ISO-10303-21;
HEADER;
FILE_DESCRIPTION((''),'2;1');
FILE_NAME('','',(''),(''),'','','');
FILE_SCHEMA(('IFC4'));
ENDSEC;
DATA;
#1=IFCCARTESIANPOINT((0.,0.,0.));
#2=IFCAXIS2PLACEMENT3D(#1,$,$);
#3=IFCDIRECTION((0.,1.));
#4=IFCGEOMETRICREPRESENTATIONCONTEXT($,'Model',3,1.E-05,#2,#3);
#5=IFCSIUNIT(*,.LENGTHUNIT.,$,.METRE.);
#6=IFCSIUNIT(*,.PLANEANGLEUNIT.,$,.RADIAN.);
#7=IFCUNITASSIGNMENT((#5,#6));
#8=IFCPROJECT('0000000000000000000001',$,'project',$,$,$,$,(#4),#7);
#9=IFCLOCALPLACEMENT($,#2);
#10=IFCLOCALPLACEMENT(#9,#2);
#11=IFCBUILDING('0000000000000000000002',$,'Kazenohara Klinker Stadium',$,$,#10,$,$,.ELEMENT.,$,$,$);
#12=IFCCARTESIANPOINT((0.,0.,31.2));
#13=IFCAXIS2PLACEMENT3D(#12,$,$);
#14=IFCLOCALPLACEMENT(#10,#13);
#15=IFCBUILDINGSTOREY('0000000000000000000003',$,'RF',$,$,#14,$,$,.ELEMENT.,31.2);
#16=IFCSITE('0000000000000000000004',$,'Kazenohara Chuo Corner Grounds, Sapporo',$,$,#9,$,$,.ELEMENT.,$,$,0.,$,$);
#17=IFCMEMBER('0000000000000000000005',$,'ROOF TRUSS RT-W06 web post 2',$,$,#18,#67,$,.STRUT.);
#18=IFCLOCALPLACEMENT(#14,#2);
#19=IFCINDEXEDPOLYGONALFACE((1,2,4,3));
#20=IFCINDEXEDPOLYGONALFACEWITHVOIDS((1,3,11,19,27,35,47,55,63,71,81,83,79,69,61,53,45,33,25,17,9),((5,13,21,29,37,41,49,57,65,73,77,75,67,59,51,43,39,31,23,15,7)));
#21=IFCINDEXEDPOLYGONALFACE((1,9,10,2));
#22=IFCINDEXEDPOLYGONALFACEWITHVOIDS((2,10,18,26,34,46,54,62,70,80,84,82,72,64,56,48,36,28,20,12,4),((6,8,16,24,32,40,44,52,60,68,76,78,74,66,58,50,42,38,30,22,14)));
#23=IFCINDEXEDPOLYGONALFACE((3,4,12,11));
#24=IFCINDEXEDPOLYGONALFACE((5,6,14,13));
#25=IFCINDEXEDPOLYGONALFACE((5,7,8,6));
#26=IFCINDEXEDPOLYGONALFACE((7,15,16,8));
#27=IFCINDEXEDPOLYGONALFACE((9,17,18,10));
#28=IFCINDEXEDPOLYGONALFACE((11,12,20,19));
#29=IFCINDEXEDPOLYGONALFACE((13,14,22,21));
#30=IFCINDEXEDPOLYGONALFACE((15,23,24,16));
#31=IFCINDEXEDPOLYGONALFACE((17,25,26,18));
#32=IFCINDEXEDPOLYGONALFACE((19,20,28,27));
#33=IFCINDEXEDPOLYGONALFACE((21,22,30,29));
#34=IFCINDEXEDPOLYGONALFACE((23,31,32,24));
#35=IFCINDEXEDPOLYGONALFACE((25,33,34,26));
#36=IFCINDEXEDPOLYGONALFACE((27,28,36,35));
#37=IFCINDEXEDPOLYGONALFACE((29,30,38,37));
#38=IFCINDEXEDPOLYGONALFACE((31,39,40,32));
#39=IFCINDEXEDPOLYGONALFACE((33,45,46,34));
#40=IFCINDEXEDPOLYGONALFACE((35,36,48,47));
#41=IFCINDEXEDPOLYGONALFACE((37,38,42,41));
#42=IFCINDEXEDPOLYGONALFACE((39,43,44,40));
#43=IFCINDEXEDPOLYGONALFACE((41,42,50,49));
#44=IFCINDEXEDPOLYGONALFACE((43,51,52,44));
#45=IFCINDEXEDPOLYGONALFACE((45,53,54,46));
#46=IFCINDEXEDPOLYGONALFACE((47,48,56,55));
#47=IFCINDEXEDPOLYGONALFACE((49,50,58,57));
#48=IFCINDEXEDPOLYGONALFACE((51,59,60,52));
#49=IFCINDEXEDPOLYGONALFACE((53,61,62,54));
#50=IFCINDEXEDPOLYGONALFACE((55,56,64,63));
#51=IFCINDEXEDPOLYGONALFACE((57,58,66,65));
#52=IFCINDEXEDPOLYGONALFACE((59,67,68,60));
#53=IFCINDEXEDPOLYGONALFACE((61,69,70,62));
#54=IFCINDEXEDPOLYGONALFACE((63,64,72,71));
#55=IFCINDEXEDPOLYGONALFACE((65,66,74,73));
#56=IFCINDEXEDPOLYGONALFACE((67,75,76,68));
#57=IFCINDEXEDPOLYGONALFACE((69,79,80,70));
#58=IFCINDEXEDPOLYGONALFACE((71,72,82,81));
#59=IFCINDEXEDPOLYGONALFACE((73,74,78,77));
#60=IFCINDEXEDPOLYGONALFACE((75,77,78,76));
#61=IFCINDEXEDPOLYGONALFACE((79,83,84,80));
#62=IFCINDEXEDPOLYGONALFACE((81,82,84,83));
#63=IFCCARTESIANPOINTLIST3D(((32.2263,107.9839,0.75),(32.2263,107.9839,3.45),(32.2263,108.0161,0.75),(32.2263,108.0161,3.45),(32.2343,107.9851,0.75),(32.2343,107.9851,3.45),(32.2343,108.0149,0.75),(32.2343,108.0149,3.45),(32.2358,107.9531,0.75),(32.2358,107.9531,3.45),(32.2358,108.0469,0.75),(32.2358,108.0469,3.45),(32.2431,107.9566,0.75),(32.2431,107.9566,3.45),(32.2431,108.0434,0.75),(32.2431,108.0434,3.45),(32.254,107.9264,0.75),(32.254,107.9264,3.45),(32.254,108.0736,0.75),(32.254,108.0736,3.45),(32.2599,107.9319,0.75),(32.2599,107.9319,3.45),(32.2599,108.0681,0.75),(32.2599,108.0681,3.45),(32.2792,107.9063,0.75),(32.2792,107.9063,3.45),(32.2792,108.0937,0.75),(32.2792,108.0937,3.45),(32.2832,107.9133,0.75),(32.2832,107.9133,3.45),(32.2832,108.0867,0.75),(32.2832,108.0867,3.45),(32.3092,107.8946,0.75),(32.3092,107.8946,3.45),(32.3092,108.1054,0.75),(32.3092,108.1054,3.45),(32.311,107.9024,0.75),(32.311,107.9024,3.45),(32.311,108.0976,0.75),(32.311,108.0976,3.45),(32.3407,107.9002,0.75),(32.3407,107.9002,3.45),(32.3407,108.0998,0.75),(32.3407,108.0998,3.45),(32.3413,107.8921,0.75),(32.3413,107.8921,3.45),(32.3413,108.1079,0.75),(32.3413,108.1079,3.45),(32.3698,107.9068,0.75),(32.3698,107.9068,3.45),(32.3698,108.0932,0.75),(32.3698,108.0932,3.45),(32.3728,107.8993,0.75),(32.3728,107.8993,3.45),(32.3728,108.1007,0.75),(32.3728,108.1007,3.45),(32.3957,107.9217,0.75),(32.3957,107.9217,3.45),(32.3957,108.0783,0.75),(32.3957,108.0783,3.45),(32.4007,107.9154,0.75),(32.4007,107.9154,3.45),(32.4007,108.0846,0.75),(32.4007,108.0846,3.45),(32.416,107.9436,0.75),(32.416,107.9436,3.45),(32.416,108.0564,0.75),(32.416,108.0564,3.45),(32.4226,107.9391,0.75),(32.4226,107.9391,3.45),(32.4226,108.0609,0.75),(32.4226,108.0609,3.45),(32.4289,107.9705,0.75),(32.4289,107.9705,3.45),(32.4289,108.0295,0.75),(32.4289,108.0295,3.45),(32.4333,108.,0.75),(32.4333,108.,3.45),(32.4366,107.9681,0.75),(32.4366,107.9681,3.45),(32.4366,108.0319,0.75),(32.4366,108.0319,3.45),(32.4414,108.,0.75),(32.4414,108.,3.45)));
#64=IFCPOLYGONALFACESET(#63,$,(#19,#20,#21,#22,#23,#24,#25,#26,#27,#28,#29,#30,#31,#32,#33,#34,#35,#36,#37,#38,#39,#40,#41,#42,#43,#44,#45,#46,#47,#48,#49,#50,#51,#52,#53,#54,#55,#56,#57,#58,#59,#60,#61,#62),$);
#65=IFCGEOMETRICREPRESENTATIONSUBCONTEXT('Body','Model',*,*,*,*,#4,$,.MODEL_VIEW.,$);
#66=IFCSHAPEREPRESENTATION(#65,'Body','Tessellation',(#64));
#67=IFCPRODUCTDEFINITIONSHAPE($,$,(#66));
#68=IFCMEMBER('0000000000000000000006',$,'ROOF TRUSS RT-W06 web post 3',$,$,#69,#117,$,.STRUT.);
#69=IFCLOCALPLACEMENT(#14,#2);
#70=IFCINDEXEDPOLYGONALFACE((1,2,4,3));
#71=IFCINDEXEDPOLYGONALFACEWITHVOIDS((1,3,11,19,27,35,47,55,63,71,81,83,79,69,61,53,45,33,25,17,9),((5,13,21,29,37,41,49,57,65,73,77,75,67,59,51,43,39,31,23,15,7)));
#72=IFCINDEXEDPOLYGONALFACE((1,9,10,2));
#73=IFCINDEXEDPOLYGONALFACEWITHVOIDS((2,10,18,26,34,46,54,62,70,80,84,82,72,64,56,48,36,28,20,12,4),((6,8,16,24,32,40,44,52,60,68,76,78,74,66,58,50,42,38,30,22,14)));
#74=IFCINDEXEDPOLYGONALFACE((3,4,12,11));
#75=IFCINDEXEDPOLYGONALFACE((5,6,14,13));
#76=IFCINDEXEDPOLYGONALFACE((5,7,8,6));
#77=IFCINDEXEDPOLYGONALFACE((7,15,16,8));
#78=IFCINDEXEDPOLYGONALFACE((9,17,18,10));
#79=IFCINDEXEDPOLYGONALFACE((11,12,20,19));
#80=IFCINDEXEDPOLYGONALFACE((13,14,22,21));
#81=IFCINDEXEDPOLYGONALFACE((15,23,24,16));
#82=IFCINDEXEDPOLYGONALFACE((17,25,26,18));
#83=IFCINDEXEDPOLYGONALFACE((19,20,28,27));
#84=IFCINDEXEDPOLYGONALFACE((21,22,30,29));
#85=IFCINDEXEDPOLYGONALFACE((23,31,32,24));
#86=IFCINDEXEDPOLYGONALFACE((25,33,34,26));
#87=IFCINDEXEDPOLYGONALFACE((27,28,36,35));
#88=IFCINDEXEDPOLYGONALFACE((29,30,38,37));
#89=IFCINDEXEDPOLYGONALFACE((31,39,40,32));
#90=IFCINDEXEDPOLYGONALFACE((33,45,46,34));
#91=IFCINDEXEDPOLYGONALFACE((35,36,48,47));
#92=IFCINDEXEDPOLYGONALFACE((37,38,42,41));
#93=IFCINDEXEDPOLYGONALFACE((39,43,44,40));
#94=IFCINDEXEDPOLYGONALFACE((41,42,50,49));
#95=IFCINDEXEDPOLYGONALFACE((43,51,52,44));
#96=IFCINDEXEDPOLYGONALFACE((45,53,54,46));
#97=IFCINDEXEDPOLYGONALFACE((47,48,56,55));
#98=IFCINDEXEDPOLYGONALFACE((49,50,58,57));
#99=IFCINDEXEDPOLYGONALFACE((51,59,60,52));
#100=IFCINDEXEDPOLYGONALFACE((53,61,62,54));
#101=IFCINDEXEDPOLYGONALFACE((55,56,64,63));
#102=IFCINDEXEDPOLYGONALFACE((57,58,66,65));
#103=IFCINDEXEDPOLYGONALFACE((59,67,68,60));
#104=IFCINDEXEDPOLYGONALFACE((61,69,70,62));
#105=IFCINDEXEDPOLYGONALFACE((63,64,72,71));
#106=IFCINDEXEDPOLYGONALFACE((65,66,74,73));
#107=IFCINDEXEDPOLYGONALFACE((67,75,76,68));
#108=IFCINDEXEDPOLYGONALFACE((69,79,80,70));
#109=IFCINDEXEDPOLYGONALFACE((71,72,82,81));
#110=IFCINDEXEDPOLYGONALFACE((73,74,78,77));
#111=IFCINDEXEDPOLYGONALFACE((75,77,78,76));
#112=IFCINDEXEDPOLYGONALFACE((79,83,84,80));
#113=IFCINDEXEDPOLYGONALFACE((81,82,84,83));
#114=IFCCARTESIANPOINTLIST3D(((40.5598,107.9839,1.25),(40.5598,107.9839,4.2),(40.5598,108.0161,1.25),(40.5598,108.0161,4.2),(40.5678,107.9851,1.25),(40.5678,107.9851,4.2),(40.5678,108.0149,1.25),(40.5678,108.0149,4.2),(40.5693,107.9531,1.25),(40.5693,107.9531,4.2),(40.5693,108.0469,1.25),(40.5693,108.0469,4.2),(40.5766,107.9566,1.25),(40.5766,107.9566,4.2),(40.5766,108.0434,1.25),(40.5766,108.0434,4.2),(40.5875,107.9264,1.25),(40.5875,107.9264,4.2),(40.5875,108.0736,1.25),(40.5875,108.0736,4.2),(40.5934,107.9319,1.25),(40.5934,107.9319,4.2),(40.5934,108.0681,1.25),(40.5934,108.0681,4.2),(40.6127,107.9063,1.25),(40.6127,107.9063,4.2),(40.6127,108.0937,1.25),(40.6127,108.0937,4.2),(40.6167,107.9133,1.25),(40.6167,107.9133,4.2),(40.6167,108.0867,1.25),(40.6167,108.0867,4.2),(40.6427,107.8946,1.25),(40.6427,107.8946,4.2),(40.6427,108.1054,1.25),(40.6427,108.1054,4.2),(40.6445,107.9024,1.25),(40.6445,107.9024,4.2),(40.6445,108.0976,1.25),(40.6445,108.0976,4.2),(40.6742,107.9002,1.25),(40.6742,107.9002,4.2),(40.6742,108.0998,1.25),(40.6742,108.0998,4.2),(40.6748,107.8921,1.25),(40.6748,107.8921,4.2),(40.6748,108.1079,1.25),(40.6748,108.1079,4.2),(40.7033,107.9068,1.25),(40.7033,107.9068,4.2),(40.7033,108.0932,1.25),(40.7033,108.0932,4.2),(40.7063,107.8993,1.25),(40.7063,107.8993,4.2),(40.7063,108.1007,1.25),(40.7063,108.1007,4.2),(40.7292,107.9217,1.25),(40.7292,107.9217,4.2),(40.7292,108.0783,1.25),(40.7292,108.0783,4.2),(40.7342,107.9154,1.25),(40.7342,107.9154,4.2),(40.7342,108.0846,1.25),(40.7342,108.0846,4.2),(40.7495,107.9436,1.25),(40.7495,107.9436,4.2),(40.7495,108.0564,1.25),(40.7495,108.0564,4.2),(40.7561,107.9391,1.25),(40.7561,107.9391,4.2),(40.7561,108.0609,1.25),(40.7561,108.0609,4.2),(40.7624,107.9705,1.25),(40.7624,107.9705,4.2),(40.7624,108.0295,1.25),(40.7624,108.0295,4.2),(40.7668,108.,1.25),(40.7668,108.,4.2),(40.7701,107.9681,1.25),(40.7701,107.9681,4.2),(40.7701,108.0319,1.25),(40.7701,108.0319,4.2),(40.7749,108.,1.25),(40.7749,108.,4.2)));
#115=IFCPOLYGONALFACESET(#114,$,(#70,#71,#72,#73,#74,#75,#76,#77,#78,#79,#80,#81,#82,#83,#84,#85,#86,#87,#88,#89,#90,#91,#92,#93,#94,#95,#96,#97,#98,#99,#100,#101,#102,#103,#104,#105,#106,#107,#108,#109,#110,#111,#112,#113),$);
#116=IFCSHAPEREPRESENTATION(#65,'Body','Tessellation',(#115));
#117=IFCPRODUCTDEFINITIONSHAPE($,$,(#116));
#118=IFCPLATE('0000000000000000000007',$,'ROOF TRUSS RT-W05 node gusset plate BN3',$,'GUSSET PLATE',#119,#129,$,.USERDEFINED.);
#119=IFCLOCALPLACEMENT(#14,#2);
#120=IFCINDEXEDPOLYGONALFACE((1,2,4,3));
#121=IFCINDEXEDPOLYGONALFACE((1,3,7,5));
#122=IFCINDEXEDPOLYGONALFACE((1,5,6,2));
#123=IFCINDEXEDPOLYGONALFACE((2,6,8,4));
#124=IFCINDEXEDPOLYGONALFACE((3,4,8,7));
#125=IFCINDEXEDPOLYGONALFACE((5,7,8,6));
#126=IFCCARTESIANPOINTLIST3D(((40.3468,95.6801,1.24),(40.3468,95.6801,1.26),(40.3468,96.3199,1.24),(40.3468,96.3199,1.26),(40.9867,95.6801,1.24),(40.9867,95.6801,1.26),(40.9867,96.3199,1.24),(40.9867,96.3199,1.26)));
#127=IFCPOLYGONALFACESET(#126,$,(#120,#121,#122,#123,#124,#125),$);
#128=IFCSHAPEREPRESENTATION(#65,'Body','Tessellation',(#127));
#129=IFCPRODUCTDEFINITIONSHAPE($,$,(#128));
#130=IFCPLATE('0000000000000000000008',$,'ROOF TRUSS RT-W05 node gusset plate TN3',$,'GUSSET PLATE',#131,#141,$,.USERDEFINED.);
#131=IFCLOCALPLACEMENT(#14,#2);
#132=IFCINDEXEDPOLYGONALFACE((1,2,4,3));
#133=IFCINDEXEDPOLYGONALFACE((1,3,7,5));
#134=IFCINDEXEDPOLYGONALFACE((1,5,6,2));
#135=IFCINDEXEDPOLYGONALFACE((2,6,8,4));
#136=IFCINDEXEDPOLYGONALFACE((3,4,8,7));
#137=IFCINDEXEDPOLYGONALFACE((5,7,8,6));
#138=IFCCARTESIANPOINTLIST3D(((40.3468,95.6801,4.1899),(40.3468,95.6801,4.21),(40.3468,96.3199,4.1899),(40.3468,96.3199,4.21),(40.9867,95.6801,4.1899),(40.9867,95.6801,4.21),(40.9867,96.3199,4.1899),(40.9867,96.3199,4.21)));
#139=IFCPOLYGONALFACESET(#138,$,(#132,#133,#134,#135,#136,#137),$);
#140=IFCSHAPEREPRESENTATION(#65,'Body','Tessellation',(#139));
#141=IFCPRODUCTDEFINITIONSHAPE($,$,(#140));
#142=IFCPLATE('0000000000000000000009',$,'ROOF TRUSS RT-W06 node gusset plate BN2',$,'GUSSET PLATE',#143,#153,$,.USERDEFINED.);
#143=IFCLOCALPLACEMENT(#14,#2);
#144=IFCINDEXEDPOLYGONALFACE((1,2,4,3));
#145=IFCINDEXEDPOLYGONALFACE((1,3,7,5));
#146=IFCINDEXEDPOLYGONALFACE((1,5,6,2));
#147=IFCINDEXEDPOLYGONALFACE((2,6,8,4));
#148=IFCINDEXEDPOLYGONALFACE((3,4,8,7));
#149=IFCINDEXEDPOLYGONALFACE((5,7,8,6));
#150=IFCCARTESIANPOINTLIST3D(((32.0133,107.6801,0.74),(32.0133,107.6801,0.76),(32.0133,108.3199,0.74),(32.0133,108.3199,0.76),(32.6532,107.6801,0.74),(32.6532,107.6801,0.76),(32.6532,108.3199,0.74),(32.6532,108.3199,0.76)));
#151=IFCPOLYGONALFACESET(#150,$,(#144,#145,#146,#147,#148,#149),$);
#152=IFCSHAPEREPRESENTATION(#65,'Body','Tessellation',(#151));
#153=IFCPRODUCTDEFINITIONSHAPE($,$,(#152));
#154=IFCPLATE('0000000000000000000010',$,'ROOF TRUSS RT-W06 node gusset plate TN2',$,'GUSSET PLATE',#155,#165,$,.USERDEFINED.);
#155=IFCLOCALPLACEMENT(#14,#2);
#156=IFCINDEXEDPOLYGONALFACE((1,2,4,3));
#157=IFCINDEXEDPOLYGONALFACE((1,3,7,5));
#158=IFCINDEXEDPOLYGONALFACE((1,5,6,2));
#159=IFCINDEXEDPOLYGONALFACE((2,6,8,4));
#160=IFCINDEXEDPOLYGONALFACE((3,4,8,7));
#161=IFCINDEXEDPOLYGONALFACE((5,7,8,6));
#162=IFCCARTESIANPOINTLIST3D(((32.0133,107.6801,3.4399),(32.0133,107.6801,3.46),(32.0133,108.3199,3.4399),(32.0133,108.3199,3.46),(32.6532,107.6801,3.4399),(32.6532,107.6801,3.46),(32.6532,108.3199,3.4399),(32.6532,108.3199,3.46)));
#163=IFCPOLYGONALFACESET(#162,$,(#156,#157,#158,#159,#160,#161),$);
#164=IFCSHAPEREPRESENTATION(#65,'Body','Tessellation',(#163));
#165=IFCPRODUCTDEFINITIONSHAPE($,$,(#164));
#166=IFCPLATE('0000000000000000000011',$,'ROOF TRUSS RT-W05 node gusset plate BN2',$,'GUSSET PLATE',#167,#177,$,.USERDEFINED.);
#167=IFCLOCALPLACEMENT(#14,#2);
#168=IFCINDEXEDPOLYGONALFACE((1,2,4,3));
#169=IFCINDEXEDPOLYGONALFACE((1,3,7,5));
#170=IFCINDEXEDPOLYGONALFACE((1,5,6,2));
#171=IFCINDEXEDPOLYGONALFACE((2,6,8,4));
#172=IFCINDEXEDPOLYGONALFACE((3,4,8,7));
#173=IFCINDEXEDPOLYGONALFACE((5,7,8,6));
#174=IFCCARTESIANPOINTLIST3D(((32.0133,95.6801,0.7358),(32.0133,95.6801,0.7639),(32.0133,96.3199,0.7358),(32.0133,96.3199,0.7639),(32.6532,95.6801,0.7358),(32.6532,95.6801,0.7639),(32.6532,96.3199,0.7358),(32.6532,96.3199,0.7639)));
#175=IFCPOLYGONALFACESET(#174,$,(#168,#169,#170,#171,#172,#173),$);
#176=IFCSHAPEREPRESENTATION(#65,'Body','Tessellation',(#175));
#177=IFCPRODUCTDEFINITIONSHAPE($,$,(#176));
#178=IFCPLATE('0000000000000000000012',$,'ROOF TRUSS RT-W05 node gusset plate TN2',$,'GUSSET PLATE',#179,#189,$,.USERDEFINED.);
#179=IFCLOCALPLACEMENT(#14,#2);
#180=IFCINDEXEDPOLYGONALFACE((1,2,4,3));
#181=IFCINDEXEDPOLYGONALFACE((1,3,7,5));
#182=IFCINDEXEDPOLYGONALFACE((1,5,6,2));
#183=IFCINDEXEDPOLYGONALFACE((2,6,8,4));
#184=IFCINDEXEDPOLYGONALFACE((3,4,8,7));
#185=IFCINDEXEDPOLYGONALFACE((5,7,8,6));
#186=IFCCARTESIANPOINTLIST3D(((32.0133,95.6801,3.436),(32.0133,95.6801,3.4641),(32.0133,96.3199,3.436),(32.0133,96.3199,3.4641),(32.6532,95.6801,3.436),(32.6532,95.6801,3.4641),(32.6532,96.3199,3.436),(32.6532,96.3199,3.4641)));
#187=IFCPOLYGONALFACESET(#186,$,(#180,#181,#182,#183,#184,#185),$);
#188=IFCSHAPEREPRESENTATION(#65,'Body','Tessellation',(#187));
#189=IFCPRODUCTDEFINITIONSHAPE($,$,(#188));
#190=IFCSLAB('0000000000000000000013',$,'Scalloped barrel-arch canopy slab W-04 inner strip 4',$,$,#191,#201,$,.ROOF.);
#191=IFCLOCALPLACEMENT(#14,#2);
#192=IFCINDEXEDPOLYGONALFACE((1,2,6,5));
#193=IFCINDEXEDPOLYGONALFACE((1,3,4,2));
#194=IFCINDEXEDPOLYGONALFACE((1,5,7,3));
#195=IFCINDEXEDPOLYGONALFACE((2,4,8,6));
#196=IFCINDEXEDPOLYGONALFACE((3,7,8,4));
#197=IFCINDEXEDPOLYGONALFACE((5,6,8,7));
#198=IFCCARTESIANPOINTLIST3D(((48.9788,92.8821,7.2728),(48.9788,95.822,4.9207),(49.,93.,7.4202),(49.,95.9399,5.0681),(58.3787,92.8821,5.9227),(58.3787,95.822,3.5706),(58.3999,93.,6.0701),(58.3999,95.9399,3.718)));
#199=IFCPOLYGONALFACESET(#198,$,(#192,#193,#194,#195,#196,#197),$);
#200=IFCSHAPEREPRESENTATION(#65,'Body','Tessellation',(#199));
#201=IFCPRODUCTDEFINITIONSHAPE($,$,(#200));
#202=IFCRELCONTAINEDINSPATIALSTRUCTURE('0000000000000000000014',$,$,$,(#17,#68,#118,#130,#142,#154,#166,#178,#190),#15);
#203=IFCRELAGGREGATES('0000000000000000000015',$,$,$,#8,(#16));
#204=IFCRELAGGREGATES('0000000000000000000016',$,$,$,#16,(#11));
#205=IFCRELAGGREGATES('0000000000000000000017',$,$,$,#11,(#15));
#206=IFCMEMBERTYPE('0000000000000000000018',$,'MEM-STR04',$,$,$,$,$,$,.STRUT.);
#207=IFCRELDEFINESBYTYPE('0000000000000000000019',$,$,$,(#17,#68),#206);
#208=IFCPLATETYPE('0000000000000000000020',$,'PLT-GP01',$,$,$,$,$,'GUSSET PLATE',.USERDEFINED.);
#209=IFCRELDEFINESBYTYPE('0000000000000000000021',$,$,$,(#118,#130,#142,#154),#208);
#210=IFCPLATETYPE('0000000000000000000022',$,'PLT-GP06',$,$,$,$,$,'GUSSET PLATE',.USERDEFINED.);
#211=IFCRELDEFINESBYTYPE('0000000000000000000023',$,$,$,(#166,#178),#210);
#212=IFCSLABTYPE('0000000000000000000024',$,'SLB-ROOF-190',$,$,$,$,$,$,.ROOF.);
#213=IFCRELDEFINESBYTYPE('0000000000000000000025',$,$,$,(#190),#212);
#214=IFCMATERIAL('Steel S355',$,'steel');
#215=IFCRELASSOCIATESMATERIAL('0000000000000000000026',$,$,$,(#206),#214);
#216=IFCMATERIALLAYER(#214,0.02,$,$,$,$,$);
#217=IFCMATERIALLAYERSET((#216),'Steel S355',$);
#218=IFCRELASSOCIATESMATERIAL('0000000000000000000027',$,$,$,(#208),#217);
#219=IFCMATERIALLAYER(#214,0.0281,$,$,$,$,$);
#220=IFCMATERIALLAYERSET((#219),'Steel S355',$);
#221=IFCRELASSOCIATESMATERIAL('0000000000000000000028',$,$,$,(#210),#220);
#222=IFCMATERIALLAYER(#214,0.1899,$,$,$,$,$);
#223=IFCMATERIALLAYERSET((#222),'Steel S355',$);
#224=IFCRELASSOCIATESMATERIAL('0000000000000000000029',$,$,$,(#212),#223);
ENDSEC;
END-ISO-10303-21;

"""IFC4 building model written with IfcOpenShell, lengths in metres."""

from ifc_helpers import new_model, si_unit, direction, frame, origin, origin_2d, place, context, subcontext, project, spatial, polyline, rectangle, hollow_circle, outline, extrude, material, layer, layer_set, material_profile, profile_set, type_object, element, save


model = new_model("IFC4")

# Units and contexts
model_context = context("Model", 3, precision=1e-05, world=origin(), true_north=direction((0.0, 1.0)))
body_context = subcontext(model_context, "Body", "Model", "MODEL_VIEW")
ifc_project = project(units=[si_unit("LENGTHUNIT", "METRE"), si_unit("PLANEANGLEUNIT", "RADIAN")], contexts=[model_context])

# Site, building, storey
site_placement = place(None, origin())
site = spatial("IfcSite", under=ifc_project, at=site_placement, Name="Kazenohara Chuo Corner Grounds, Sapporo", CompositionType="ELEMENT", RefElevation=0.0)
building_placement = place(site_placement, origin())
building = spatial("IfcBuilding", under=site, at=building_placement, Name="Kazenohara Klinker Stadium", CompositionType="ELEMENT")
storey_placement = place(building_placement, frame((0.0, 0.0, 31.2)))
storey = spatial("IfcBuildingStorey", under=building, at=storey_placement, Name="RF", CompositionType="ELEMENT", Elevation=31.2)

# Members
ifc_material_1 = material(Name="Steel S355", Category="steel")
ifc_material_profile_1 = material_profile(ifc_material_1, hollow_circle(Radius=0.1082, WallThickness=0.0081, at=origin_2d()), Name="CHS-216.3x8")
ifc_profile_set_1 = profile_set([ifc_material_profile_1], Name="Steel S355")
member_type_1 = type_object("IfcMemberType", Name="MEM-STR04", PredefinedType="STRUT", material=ifc_profile_set_1)
member_1_placement = place(storey_placement, frame((32.3333, 108.0, 0.75), z_axis=(0.0, 0.0, 1.0), x_axis=(1.0, 0.0, 0.0)))
element("IfcMember", 1, at=member_1_placement, inside=storey, type_object=member_type_1, Name="ROOF TRUSS RT-W06 web post 2", PredefinedType="STRUT", context=body_context, shape_type="SweptSolid", body=[
    extrude(hollow_circle(Radius=0.1082, WallThickness=0.0081, at=origin_2d()), origin(), (0.0, 0.0, 1.0), 2.7),
])
member_2_placement = place(storey_placement, frame((40.6667, 108.0, 1.25), z_axis=(0.0, 0.0, 1.0), x_axis=(1.0, 0.0, 0.0)))
element("IfcMember", 2, at=member_2_placement, inside=storey, type_object=member_type_1, Name="ROOF TRUSS RT-W06 web post 3", PredefinedType="STRUT", context=body_context, shape_type="SweptSolid", body=[
    extrude(hollow_circle(Radius=0.1082, WallThickness=0.0081, at=origin_2d()), origin(), (0.0, 0.0, 1.0), 2.95),
])

# Plates
ifc_layer_1 = layer(ifc_material_1, 0.02)
ifc_layer_set_1 = layer_set([ifc_layer_1], Name="Steel S355")
plate_type_1 = type_object("IfcPlateType", Name="PLT-GP01", ElementType="GUSSET PLATE", PredefinedType="USERDEFINED", material=ifc_layer_set_1)
for number, where, z_axis, x_axis, name in (
    (3, (40.6667, 96.0, 1.24), (0.0, 0.0, 1.0), (1.0, 0.0, 0.0), "ROOF TRUSS RT-W05 node gusset plate BN3"),
    (4, (40.6667, 96.0, 4.1899), (0.0, 0.0, 1.0), (1.0, 0.0, 0.0), "ROOF TRUSS RT-W05 node gusset plate TN3"),
    (5, (32.3333, 108.0, 0.74), (0.0, 0.0, 1.0), (1.0, 0.0, 0.0), "ROOF TRUSS RT-W06 node gusset plate BN2"),
    (6, (32.3333, 108.0, 3.4399), (0.0, 0.0, 1.0), (1.0, 0.0, 0.0), "ROOF TRUSS RT-W06 node gusset plate TN2"),
):
    element("IfcPlate", number, at=place(storey_placement, frame(where, z_axis=z_axis, x_axis=x_axis)), inside=storey, type_object=plate_type_1, Name=name, ObjectType="GUSSET PLATE", PredefinedType="USERDEFINED", context=body_context, shape_type="SweptSolid", body=[
        extrude(rectangle(XDim=0.6399, YDim=0.6399, at=origin_2d()), origin(), (0.0, 0.0, 1.0), 0.02),
    ])
ifc_layer_2 = layer(ifc_material_1, 0.0281)
ifc_layer_set_2 = layer_set([ifc_layer_2], Name="Steel S355")
plate_type_2 = type_object("IfcPlateType", Name="PLT-GP06", ElementType="GUSSET PLATE", PredefinedType="USERDEFINED", material=ifc_layer_set_2)
for number, where, z_axis, x_axis, name in (
    (7, (32.3333, 96.0, 0.7358), (0.0, 0.0, 1.0), (1.0, 0.0, 0.0), "ROOF TRUSS RT-W05 node gusset plate BN2"),
    (8, (32.3333, 96.0, 3.436), (0.0, 0.0, 1.0), (1.0, 0.0, 0.0), "ROOF TRUSS RT-W05 node gusset plate TN2"),
):
    element("IfcPlate", number, at=place(storey_placement, frame(where, z_axis=z_axis, x_axis=x_axis)), inside=storey, type_object=plate_type_2, Name=name, ObjectType="GUSSET PLATE", PredefinedType="USERDEFINED", context=body_context, shape_type="SweptSolid", body=[
        extrude(rectangle(XDim=0.6399, YDim=0.6399, at=origin_2d()), origin(), (0.0, 0.0, 1.0), 0.0281),
    ])

# Slab
ifc_layer_3 = layer(ifc_material_1, 0.1899)
ifc_layer_set_3 = layer_set([ifc_layer_3], Name="Steel S355")
slab_type = type_object("IfcSlabType", Name="SLB-ROOF-190", PredefinedType="ROOF", material=ifc_layer_set_3)
slab_placement = place(storey_placement, frame((49.0, 93.0, 7.4202), z_axis=(0.111455, 0.620819, 0.775991), x_axis=(0.989842, 0.0, -0.14217)))
element("IfcSlab", 9, at=slab_placement, inside=storey, type_object=slab_type, Name="Scalloped barrel-arch canopy slab W-04 inner strip 4", PredefinedType="ROOF", context=body_context, shape_type="SweptSolid", body=[
    extrude(outline(polyline([(0.0, 0.0), (9.4964, 0.0), (9.8308, 3.7501), (0.3344, 3.7501), (0.0, 0.0)])), origin(), (0.0, 0.0, -1.0), 0.1899),
])

save(model, "model.ifc")
